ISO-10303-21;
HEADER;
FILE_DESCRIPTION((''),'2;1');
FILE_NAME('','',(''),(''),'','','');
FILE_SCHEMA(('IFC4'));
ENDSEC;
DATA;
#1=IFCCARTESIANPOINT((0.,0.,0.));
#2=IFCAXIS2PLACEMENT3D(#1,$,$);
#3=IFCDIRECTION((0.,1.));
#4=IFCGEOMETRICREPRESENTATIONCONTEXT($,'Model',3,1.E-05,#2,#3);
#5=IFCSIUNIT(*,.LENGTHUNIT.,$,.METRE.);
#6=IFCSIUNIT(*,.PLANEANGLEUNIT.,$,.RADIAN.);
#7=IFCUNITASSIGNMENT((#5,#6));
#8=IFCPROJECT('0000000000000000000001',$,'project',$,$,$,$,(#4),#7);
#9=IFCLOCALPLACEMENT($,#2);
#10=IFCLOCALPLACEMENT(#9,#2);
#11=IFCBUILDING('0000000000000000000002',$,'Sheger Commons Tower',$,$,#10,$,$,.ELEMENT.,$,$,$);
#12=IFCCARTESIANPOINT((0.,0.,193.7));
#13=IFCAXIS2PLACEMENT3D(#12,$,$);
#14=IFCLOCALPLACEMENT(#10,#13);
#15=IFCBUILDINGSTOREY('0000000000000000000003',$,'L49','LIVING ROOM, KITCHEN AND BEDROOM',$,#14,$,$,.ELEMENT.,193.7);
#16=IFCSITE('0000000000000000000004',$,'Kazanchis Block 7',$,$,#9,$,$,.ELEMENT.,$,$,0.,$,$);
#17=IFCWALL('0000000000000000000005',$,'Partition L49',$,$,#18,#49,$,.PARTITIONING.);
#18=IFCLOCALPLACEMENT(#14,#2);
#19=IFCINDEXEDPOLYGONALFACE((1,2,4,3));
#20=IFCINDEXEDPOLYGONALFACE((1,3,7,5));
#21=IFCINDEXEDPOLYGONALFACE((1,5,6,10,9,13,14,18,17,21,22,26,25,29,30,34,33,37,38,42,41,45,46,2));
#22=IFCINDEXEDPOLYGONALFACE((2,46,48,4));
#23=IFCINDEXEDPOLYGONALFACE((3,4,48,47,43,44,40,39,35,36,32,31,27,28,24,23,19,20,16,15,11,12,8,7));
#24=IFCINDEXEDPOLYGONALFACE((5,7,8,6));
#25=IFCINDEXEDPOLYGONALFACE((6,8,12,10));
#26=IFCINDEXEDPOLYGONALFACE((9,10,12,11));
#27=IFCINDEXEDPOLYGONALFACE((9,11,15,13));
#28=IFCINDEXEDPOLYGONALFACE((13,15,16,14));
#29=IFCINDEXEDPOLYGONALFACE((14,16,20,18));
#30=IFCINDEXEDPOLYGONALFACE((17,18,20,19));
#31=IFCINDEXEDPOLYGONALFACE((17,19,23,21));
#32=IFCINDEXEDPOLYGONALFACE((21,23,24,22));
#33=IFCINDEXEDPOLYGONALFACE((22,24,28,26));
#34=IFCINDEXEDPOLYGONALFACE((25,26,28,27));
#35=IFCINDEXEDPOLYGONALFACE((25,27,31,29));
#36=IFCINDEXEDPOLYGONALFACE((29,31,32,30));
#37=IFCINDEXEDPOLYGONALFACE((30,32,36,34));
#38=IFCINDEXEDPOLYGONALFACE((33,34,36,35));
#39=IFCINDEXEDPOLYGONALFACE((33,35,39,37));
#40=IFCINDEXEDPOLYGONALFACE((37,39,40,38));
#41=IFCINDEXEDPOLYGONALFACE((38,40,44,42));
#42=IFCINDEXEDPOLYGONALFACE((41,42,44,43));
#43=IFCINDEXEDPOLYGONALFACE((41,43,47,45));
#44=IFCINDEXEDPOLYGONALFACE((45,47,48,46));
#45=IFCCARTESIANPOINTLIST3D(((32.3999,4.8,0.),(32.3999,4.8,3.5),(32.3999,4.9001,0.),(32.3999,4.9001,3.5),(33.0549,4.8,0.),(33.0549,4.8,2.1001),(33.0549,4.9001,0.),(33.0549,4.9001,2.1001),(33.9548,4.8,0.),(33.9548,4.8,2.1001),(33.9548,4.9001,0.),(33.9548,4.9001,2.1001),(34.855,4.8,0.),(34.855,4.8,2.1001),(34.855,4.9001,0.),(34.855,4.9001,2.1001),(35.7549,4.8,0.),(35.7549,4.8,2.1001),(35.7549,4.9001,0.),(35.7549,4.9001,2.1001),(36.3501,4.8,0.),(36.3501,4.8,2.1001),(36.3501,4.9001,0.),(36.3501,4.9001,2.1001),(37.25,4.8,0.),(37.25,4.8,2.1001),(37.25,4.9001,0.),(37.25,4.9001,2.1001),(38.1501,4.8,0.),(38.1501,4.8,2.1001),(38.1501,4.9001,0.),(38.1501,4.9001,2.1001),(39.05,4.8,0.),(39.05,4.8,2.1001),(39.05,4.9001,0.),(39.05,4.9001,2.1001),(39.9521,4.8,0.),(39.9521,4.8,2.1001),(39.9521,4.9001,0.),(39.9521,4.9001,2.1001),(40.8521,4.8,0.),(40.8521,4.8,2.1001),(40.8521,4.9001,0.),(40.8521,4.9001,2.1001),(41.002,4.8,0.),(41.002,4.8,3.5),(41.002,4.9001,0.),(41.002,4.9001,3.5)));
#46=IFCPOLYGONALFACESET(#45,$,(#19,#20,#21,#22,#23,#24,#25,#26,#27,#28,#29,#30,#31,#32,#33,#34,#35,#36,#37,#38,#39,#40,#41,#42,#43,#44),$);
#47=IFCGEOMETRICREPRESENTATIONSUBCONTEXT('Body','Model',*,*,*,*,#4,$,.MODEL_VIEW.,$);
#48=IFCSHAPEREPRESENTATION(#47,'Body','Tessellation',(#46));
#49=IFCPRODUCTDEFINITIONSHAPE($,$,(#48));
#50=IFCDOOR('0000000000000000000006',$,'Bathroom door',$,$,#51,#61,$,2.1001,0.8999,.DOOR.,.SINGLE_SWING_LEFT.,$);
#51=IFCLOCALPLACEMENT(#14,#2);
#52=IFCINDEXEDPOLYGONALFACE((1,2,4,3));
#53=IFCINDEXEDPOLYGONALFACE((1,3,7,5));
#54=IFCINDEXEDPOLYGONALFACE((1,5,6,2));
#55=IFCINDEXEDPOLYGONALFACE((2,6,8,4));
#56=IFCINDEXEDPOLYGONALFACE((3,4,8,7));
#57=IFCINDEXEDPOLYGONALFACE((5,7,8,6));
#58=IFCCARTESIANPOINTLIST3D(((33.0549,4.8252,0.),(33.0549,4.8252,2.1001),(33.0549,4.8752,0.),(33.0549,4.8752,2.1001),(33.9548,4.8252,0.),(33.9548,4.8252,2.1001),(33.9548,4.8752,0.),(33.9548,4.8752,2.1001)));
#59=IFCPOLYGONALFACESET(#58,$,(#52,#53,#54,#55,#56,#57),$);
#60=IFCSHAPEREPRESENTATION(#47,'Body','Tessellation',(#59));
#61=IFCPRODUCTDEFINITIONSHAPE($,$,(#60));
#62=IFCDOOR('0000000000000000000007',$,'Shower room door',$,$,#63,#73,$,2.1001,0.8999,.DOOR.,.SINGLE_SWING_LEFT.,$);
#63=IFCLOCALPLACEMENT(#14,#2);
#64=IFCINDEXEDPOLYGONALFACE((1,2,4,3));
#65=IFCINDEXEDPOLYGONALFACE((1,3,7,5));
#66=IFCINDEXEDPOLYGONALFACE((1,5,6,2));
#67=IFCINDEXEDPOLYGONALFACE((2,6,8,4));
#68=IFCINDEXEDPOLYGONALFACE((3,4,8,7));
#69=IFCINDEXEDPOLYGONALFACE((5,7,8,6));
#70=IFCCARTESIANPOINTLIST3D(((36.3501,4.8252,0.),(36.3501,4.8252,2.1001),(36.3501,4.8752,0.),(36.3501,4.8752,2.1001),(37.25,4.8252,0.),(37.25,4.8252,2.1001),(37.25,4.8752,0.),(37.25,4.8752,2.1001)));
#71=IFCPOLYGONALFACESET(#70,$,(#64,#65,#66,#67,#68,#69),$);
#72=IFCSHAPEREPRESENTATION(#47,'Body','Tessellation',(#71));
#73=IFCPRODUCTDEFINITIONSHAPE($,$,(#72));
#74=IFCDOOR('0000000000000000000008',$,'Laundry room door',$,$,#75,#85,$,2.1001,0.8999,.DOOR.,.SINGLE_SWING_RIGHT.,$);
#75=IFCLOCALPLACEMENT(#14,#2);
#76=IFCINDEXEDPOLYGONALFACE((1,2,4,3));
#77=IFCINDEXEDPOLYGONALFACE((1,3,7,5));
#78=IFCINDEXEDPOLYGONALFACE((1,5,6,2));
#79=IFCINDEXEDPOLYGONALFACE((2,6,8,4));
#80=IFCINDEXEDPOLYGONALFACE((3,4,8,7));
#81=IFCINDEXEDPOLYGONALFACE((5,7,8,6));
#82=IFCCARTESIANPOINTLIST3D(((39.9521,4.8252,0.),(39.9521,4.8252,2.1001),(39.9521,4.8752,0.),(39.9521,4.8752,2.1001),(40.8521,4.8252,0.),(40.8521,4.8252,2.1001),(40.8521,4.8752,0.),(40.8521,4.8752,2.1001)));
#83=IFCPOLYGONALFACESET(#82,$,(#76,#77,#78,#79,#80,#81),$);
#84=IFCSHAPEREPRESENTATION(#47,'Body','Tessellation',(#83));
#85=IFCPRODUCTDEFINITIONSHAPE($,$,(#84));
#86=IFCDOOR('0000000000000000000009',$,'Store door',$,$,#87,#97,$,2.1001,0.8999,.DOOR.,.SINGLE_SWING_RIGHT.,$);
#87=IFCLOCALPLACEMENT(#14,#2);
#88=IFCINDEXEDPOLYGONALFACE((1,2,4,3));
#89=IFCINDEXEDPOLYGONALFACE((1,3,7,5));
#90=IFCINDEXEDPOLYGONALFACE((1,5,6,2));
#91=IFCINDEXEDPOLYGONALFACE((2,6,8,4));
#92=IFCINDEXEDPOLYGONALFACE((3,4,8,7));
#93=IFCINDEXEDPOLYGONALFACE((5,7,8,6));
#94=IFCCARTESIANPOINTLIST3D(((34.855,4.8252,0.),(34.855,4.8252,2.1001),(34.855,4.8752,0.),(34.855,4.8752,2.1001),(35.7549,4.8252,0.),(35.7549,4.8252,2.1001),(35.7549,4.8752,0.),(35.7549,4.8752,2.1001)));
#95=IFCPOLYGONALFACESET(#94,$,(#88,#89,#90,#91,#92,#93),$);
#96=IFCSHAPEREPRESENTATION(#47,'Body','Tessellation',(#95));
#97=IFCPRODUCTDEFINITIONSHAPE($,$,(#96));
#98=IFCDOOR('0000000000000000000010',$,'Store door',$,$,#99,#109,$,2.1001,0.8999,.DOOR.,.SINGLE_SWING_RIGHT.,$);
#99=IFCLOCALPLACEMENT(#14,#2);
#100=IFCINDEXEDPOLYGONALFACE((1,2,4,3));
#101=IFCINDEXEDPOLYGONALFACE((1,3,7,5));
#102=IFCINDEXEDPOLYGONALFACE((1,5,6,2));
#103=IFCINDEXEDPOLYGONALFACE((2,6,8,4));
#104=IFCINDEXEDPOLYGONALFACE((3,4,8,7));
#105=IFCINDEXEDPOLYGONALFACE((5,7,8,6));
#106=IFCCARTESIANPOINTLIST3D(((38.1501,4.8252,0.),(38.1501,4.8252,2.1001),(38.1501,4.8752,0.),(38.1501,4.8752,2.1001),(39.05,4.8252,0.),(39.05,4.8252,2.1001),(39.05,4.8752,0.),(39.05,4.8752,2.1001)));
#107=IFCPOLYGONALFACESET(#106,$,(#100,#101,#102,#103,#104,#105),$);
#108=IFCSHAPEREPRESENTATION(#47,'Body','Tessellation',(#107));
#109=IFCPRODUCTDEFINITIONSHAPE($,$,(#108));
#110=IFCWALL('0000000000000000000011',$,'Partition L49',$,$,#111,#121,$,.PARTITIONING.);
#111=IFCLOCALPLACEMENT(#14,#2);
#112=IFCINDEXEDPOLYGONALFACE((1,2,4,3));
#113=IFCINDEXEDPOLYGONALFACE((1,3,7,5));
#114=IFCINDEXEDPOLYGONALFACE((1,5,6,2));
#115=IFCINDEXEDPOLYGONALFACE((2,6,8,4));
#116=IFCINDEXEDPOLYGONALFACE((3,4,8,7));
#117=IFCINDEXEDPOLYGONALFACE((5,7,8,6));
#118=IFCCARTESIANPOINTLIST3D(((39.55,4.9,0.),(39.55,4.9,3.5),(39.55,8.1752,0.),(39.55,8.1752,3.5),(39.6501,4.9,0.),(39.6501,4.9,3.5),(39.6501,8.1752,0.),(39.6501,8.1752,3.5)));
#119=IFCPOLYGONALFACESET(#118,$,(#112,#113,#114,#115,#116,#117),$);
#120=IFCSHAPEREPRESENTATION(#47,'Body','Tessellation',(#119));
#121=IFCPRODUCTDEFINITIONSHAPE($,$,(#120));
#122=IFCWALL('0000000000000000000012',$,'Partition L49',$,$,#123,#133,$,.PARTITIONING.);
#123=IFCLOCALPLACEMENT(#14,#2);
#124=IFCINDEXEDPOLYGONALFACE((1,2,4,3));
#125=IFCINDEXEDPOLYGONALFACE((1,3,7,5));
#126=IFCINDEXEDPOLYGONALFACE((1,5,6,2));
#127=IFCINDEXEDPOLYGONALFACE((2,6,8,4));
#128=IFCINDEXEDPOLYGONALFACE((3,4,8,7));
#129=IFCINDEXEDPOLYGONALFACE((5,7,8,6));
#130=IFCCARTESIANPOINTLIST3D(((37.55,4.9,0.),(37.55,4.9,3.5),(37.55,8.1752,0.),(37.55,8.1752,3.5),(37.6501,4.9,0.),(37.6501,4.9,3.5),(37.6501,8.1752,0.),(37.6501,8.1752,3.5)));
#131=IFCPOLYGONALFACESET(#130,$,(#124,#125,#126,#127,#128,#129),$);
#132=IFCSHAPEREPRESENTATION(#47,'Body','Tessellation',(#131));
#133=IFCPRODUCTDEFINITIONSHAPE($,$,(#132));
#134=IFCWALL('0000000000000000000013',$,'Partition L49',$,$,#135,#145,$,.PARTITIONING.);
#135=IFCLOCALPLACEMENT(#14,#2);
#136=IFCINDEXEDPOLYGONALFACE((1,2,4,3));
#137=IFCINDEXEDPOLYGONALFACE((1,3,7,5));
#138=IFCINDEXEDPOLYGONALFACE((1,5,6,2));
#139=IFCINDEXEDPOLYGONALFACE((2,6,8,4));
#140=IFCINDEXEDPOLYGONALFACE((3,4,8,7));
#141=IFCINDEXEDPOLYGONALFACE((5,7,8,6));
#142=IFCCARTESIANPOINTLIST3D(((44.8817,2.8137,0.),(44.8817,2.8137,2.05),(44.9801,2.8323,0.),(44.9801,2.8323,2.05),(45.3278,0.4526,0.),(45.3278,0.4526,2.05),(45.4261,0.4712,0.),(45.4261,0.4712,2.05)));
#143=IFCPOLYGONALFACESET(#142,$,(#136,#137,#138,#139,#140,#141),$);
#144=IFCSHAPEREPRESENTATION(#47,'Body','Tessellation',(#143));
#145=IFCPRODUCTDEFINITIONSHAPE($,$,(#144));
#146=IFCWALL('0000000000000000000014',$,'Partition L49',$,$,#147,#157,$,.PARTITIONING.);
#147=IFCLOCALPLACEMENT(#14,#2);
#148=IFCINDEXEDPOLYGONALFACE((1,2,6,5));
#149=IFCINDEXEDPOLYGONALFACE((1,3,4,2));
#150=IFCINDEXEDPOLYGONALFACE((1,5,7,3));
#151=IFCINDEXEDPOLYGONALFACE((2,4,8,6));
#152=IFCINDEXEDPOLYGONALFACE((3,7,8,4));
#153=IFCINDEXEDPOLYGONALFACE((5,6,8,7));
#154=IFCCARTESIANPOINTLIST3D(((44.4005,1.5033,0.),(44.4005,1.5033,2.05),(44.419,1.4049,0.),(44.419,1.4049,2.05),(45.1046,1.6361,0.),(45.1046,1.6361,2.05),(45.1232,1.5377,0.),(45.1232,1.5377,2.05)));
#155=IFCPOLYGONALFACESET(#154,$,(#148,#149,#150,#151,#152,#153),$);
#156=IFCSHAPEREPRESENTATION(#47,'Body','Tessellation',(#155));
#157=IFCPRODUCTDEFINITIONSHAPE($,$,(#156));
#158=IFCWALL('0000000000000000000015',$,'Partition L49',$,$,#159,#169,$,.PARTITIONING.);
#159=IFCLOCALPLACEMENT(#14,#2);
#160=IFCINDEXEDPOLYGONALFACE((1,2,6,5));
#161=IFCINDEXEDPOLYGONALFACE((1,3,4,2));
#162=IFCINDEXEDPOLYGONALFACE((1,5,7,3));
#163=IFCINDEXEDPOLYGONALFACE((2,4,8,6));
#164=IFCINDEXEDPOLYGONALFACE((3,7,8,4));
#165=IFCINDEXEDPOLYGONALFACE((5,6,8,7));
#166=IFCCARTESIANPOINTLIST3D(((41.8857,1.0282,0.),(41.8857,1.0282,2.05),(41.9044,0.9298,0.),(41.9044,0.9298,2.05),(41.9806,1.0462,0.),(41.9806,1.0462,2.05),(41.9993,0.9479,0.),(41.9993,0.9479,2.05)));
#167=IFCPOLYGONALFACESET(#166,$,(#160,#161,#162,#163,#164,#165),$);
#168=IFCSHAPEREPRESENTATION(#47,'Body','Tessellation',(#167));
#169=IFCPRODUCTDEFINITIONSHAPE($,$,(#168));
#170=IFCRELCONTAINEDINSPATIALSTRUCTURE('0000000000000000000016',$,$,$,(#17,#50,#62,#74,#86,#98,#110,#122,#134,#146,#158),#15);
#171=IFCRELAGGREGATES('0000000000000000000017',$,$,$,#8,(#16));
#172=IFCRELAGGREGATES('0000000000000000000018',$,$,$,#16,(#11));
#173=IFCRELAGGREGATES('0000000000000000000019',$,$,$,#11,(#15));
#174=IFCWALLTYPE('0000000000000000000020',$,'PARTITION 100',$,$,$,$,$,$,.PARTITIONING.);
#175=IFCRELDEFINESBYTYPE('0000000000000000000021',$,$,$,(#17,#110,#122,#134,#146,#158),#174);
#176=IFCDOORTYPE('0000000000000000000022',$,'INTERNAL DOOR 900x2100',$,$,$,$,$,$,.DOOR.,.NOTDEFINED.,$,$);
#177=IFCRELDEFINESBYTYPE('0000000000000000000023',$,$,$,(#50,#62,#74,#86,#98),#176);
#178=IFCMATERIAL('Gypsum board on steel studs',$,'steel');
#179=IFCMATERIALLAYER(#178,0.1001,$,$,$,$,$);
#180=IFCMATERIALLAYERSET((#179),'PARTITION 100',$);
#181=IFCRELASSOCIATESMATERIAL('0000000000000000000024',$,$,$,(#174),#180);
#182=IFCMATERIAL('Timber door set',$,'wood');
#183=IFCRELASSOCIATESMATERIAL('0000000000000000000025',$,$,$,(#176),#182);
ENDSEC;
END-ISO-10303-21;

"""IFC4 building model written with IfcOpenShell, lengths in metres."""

from ifc_helpers import new_model, si_unit, direction, frame, frame_2d, origin, place, context, subcontext, project, spatial, rectangle, extrude, material, layer, layer_set, type_object, element, fill, save


model = new_model("IFC4")

# Units and contexts
model_context = context("Model", 3, precision=1e-05, world=origin(), true_north=direction((0.0, 1.0)))
body_context = subcontext(model_context, "Body", "Model", "MODEL_VIEW")
ifc_project = project(units=[si_unit("LENGTHUNIT", "METRE"), si_unit("PLANEANGLEUNIT", "RADIAN")], contexts=[model_context])

# Site, building, storey
site_placement = place(None, origin())
site = spatial("IfcSite", under=ifc_project, at=site_placement, Name="Kazanchis Block 7", CompositionType="ELEMENT", RefElevation=0.0)
building_placement = place(site_placement, origin())
building = spatial("IfcBuilding", under=site, at=building_placement, Name="Sheger Commons Tower", CompositionType="ELEMENT")
storey_placement = place(building_placement, frame((0.0, 0.0, 193.7)))
storey = spatial("IfcBuildingStorey", under=building, at=storey_placement, Name="L49", Description="LIVING ROOM, KITCHEN AND BEDROOM", CompositionType="ELEMENT", Elevation=193.7)

# Wall, openings, doors
ifc_material_1 = material(Name="Gypsum board on steel studs", Category="steel")
ifc_layer_1 = layer(ifc_material_1, 0.1001)
ifc_layer_set_1 = layer_set([ifc_layer_1], Name="PARTITION 100")
wall_type_1 = type_object("IfcWallType", Name="PARTITION 100", PredefinedType="PARTITIONING", material=ifc_layer_set_1)
ifc_material_2 = material(Name="Timber door set", Category="wood")
door_type = type_object("IfcDoorType", Name="INTERNAL DOOR 900x2100", OperationType="NOTDEFINED", PredefinedType="DOOR", material=ifc_material_2)
wall_1_placement = place(storey_placement, frame((41.002, 4.8501, 0.0), z_axis=(0.0, 0.0, 1.0), x_axis=(-1.0, 0.0, 0.0)))
wall_1 = element("IfcWall", 1, at=wall_1_placement, inside=storey, type_object=wall_type_1, Name="Partition L49", PredefinedType="PARTITIONING", context=body_context, shape_type="SweptSolid", body=[
    extrude(rectangle(XDim=8.6021, YDim=0.1001, at=frame_2d((4.301, 0.0))), origin(), (0.0, 0.0, 1.0), 3.5),
])
opening_1_placement = place(wall_1_placement, frame((7.0471, 0.0, 0.0)))
opening_1 = element("IfcOpeningElement", 2, at=opening_1_placement, cuts=wall_1, PredefinedType="OPENING", context=body_context, shape_type="SweptSolid", body=[
    extrude(rectangle(XDim=0.8999, YDim=2.1001, at=frame_2d((0.45, 1.05))), frame((0.0, 0.0601, 0.0), z_axis=(0.0, -1.0, 0.0), x_axis=(1.0, 0.0, 0.0)), (0.0, 0.0, 1.0), 0.1201),
])
opening_2_placement = place(wall_1_placement, frame((3.752, 0.0, 0.0)))
opening_2 = element("IfcOpeningElement", 3, at=opening_2_placement, cuts=wall_1, PredefinedType="OPENING", context=body_context, shape_type="SweptSolid", body=[
    extrude(rectangle(XDim=0.8999, YDim=2.1001, at=frame_2d((0.45, 1.05))), frame((0.0, 0.0601, 0.0), z_axis=(0.0, -1.0, 0.0), x_axis=(1.0, 0.0, 0.0)), (0.0, 0.0, 1.0), 0.1201),
])
opening_3_placement = place(wall_1_placement, frame((0.1499, 0.0, 0.0)))
opening_3 = element("IfcOpeningElement", 4, at=opening_3_placement, cuts=wall_1, PredefinedType="OPENING", context=body_context, shape_type="SweptSolid", body=[
    extrude(rectangle(XDim=0.8999, YDim=2.1001, at=frame_2d((0.45, 1.05))), frame((0.0, 0.0601, 0.0), z_axis=(0.0, -1.0, 0.0), x_axis=(1.0, 0.0, 0.0)), (0.0, 0.0, 1.0), 0.1201),
])
opening_4_placement = place(wall_1_placement, frame((5.2471, 0.0, 0.0)))
opening_4 = element("IfcOpeningElement", 5, at=opening_4_placement, cuts=wall_1, PredefinedType="OPENING", context=body_context, shape_type="SweptSolid", body=[
    extrude(rectangle(XDim=0.8999, YDim=2.1001, at=frame_2d((0.45, 1.05))), frame((0.0, 0.0601, 0.0), z_axis=(0.0, -1.0, 0.0), x_axis=(1.0, 0.0, 0.0)), (0.0, 0.0, 1.0), 0.1201),
])
opening_5_placement = place(wall_1_placement, frame((1.9519, 0.0, 0.0)))
opening_5 = element("IfcOpeningElement", 6, at=opening_5_placement, cuts=wall_1, PredefinedType="OPENING", context=body_context, shape_type="SweptSolid", body=[
    extrude(rectangle(XDim=0.8999, YDim=2.1001, at=frame_2d((0.45, 1.05))), frame((0.0, 0.0601, 0.0), z_axis=(0.0, -1.0, 0.0), x_axis=(1.0, 0.0, 0.0)), (0.0, 0.0, 1.0), 0.1201),
])
door_1_placement = place(opening_1_placement, origin())
door_1 = element("IfcDoor", 7, at=door_1_placement, inside=storey, type_object=door_type, Name="Bathroom door", OperationType="SINGLE_SWING_LEFT", OverallHeight=2.1001, OverallWidth=0.8999, PredefinedType="DOOR", context=body_context, shape_type="SweptSolid", body=[
    extrude(rectangle(XDim=0.8999, YDim=2.1001, at=frame_2d((0.45, 1.05))), frame((0.0, 0.0249, 0.0), z_axis=(0.0, -1.0, 0.0), x_axis=(1.0, 0.0, 0.0)), (0.0, 0.0, 1.0), 0.05),
])
fill(opening_1, door_1)
door_2_placement = place(opening_2_placement, origin())
door_2 = element("IfcDoor", 8, at=door_2_placement, inside=storey, type_object=door_type, Name="Shower room door", OperationType="SINGLE_SWING_LEFT", OverallHeight=2.1001, OverallWidth=0.8999, PredefinedType="DOOR", context=body_context, shape_type="SweptSolid", body=[
    extrude(rectangle(XDim=0.8999, YDim=2.1001, at=frame_2d((0.45, 1.05))), frame((0.0, 0.0249, 0.0), z_axis=(0.0, -1.0, 0.0), x_axis=(1.0, 0.0, 0.0)), (0.0, 0.0, 1.0), 0.05),
])
fill(opening_2, door_2)
door_3_placement = place(opening_3_placement, origin())
door_3 = element("IfcDoor", 9, at=door_3_placement, inside=storey, type_object=door_type, Name="Laundry room door", OperationType="SINGLE_SWING_RIGHT", OverallHeight=2.1001, OverallWidth=0.8999, PredefinedType="DOOR", context=body_context, shape_type="SweptSolid", body=[
    extrude(rectangle(XDim=0.8999, YDim=2.1001, at=frame_2d((0.45, 1.05))), frame((0.0, 0.0249, 0.0), z_axis=(0.0, -1.0, 0.0), x_axis=(1.0, 0.0, 0.0)), (0.0, 0.0, 1.0), 0.05),
])
fill(opening_3, door_3)
door_4_placement = place(opening_4_placement, origin())
door_4 = element("IfcDoor", 10, at=door_4_placement, inside=storey, type_object=door_type, Name="Store door", OperationType="SINGLE_SWING_RIGHT", OverallHeight=2.1001, OverallWidth=0.8999, PredefinedType="DOOR", context=body_context, shape_type="SweptSolid", body=[
    extrude(rectangle(XDim=0.8999, YDim=2.1001, at=frame_2d((0.45, 1.05))), frame((0.0, 0.0249, 0.0), z_axis=(0.0, -1.0, 0.0), x_axis=(1.0, 0.0, 0.0)), (0.0, 0.0, 1.0), 0.05),
])
fill(opening_4, door_4)
door_5_placement = place(opening_5_placement, origin())
door_5 = element("IfcDoor", 11, at=door_5_placement, inside=storey, type_object=door_type, Name="Store door", OperationType="SINGLE_SWING_RIGHT", OverallHeight=2.1001, OverallWidth=0.8999, PredefinedType="DOOR", context=body_context, shape_type="SweptSolid", body=[
    extrude(rectangle(XDim=0.8999, YDim=2.1001, at=frame_2d((0.45, 1.05))), frame((0.0, 0.0249, 0.0), z_axis=(0.0, -1.0, 0.0), x_axis=(1.0, 0.0, 0.0)), (0.0, 0.0, 1.0), 0.05),
])
fill(opening_5, door_5)

# Walls
for number, where, z_axis, x_axis, name in (
    (12, (39.6001, 4.8999, 0.0), (0.0, 0.0, 1.0), (0.0, 1.0, 0.0), "Partition L49"),
    (13, (37.6001, 4.8999, 0.0), (0.0, 0.0, 1.0), (0.0, 1.0, 0.0), "Partition L49"),
):
    element("IfcWall", number, at=place(storey_placement, frame(where, z_axis=z_axis, x_axis=x_axis)), inside=storey, type_object=wall_type_1, Name=name, PredefinedType="PARTITIONING", context=body_context, shape_type="SweptSolid", body=[
        extrude(rectangle(XDim=3.2751, YDim=0.1001, at=frame_2d((1.6377, 0.0))), origin(), (0.0, 0.0, 1.0), 3.5),
    ])
wall_2_placement = place(storey_placement, frame((44.9309, 2.823, 0.0), z_axis=(0.0, 0.0, 1.0), x_axis=(0.185632, -0.982619, 0.0)))
element("IfcWall", 14, at=wall_2_placement, inside=storey, type_object=wall_type_1, Name="Partition L49", PredefinedType="PARTITIONING", context=body_context, shape_type="SweptSolid", body=[
    extrude(rectangle(XDim=2.4028, YDim=0.1001, at=frame_2d((1.2014, 0.0))), origin(), (0.0, 0.0, 1.0), 2.05),
])
wall_3_placement = place(storey_placement, frame((45.114, 1.5869, 0.0), z_axis=(0.0, 0.0, 1.0), x_axis=(-0.982671, -0.185358, 0.0)))
element("IfcWall", 15, at=wall_3_placement, inside=storey, type_object=wall_type_1, Name="Partition L49", PredefinedType="PARTITIONING", context=body_context, shape_type="SweptSolid", body=[
    extrude(rectangle(XDim=0.7166, YDim=0.1001, at=frame_2d((0.3584, 0.0))), origin(), (0.0, 0.0, 1.0), 2.05),
])
wall_4_placement = place(storey_placement, frame((41.99, 0.9971, 0.0), z_axis=(0.0, 0.0, 1.0), x_axis=(-0.982383, -0.18688, 0.0)))
element("IfcWall", 16, at=wall_4_placement, inside=storey, type_object=wall_type_1, Name="Partition L49", PredefinedType="PARTITIONING", context=body_context, shape_type="SweptSolid", body=[
    extrude(rectangle(XDim=0.0967, YDim=0.1001, at=frame_2d((0.0483, 0.0))), origin(), (0.0, 0.0, 1.0), 2.05),
])

save(model, "model.ifc")
